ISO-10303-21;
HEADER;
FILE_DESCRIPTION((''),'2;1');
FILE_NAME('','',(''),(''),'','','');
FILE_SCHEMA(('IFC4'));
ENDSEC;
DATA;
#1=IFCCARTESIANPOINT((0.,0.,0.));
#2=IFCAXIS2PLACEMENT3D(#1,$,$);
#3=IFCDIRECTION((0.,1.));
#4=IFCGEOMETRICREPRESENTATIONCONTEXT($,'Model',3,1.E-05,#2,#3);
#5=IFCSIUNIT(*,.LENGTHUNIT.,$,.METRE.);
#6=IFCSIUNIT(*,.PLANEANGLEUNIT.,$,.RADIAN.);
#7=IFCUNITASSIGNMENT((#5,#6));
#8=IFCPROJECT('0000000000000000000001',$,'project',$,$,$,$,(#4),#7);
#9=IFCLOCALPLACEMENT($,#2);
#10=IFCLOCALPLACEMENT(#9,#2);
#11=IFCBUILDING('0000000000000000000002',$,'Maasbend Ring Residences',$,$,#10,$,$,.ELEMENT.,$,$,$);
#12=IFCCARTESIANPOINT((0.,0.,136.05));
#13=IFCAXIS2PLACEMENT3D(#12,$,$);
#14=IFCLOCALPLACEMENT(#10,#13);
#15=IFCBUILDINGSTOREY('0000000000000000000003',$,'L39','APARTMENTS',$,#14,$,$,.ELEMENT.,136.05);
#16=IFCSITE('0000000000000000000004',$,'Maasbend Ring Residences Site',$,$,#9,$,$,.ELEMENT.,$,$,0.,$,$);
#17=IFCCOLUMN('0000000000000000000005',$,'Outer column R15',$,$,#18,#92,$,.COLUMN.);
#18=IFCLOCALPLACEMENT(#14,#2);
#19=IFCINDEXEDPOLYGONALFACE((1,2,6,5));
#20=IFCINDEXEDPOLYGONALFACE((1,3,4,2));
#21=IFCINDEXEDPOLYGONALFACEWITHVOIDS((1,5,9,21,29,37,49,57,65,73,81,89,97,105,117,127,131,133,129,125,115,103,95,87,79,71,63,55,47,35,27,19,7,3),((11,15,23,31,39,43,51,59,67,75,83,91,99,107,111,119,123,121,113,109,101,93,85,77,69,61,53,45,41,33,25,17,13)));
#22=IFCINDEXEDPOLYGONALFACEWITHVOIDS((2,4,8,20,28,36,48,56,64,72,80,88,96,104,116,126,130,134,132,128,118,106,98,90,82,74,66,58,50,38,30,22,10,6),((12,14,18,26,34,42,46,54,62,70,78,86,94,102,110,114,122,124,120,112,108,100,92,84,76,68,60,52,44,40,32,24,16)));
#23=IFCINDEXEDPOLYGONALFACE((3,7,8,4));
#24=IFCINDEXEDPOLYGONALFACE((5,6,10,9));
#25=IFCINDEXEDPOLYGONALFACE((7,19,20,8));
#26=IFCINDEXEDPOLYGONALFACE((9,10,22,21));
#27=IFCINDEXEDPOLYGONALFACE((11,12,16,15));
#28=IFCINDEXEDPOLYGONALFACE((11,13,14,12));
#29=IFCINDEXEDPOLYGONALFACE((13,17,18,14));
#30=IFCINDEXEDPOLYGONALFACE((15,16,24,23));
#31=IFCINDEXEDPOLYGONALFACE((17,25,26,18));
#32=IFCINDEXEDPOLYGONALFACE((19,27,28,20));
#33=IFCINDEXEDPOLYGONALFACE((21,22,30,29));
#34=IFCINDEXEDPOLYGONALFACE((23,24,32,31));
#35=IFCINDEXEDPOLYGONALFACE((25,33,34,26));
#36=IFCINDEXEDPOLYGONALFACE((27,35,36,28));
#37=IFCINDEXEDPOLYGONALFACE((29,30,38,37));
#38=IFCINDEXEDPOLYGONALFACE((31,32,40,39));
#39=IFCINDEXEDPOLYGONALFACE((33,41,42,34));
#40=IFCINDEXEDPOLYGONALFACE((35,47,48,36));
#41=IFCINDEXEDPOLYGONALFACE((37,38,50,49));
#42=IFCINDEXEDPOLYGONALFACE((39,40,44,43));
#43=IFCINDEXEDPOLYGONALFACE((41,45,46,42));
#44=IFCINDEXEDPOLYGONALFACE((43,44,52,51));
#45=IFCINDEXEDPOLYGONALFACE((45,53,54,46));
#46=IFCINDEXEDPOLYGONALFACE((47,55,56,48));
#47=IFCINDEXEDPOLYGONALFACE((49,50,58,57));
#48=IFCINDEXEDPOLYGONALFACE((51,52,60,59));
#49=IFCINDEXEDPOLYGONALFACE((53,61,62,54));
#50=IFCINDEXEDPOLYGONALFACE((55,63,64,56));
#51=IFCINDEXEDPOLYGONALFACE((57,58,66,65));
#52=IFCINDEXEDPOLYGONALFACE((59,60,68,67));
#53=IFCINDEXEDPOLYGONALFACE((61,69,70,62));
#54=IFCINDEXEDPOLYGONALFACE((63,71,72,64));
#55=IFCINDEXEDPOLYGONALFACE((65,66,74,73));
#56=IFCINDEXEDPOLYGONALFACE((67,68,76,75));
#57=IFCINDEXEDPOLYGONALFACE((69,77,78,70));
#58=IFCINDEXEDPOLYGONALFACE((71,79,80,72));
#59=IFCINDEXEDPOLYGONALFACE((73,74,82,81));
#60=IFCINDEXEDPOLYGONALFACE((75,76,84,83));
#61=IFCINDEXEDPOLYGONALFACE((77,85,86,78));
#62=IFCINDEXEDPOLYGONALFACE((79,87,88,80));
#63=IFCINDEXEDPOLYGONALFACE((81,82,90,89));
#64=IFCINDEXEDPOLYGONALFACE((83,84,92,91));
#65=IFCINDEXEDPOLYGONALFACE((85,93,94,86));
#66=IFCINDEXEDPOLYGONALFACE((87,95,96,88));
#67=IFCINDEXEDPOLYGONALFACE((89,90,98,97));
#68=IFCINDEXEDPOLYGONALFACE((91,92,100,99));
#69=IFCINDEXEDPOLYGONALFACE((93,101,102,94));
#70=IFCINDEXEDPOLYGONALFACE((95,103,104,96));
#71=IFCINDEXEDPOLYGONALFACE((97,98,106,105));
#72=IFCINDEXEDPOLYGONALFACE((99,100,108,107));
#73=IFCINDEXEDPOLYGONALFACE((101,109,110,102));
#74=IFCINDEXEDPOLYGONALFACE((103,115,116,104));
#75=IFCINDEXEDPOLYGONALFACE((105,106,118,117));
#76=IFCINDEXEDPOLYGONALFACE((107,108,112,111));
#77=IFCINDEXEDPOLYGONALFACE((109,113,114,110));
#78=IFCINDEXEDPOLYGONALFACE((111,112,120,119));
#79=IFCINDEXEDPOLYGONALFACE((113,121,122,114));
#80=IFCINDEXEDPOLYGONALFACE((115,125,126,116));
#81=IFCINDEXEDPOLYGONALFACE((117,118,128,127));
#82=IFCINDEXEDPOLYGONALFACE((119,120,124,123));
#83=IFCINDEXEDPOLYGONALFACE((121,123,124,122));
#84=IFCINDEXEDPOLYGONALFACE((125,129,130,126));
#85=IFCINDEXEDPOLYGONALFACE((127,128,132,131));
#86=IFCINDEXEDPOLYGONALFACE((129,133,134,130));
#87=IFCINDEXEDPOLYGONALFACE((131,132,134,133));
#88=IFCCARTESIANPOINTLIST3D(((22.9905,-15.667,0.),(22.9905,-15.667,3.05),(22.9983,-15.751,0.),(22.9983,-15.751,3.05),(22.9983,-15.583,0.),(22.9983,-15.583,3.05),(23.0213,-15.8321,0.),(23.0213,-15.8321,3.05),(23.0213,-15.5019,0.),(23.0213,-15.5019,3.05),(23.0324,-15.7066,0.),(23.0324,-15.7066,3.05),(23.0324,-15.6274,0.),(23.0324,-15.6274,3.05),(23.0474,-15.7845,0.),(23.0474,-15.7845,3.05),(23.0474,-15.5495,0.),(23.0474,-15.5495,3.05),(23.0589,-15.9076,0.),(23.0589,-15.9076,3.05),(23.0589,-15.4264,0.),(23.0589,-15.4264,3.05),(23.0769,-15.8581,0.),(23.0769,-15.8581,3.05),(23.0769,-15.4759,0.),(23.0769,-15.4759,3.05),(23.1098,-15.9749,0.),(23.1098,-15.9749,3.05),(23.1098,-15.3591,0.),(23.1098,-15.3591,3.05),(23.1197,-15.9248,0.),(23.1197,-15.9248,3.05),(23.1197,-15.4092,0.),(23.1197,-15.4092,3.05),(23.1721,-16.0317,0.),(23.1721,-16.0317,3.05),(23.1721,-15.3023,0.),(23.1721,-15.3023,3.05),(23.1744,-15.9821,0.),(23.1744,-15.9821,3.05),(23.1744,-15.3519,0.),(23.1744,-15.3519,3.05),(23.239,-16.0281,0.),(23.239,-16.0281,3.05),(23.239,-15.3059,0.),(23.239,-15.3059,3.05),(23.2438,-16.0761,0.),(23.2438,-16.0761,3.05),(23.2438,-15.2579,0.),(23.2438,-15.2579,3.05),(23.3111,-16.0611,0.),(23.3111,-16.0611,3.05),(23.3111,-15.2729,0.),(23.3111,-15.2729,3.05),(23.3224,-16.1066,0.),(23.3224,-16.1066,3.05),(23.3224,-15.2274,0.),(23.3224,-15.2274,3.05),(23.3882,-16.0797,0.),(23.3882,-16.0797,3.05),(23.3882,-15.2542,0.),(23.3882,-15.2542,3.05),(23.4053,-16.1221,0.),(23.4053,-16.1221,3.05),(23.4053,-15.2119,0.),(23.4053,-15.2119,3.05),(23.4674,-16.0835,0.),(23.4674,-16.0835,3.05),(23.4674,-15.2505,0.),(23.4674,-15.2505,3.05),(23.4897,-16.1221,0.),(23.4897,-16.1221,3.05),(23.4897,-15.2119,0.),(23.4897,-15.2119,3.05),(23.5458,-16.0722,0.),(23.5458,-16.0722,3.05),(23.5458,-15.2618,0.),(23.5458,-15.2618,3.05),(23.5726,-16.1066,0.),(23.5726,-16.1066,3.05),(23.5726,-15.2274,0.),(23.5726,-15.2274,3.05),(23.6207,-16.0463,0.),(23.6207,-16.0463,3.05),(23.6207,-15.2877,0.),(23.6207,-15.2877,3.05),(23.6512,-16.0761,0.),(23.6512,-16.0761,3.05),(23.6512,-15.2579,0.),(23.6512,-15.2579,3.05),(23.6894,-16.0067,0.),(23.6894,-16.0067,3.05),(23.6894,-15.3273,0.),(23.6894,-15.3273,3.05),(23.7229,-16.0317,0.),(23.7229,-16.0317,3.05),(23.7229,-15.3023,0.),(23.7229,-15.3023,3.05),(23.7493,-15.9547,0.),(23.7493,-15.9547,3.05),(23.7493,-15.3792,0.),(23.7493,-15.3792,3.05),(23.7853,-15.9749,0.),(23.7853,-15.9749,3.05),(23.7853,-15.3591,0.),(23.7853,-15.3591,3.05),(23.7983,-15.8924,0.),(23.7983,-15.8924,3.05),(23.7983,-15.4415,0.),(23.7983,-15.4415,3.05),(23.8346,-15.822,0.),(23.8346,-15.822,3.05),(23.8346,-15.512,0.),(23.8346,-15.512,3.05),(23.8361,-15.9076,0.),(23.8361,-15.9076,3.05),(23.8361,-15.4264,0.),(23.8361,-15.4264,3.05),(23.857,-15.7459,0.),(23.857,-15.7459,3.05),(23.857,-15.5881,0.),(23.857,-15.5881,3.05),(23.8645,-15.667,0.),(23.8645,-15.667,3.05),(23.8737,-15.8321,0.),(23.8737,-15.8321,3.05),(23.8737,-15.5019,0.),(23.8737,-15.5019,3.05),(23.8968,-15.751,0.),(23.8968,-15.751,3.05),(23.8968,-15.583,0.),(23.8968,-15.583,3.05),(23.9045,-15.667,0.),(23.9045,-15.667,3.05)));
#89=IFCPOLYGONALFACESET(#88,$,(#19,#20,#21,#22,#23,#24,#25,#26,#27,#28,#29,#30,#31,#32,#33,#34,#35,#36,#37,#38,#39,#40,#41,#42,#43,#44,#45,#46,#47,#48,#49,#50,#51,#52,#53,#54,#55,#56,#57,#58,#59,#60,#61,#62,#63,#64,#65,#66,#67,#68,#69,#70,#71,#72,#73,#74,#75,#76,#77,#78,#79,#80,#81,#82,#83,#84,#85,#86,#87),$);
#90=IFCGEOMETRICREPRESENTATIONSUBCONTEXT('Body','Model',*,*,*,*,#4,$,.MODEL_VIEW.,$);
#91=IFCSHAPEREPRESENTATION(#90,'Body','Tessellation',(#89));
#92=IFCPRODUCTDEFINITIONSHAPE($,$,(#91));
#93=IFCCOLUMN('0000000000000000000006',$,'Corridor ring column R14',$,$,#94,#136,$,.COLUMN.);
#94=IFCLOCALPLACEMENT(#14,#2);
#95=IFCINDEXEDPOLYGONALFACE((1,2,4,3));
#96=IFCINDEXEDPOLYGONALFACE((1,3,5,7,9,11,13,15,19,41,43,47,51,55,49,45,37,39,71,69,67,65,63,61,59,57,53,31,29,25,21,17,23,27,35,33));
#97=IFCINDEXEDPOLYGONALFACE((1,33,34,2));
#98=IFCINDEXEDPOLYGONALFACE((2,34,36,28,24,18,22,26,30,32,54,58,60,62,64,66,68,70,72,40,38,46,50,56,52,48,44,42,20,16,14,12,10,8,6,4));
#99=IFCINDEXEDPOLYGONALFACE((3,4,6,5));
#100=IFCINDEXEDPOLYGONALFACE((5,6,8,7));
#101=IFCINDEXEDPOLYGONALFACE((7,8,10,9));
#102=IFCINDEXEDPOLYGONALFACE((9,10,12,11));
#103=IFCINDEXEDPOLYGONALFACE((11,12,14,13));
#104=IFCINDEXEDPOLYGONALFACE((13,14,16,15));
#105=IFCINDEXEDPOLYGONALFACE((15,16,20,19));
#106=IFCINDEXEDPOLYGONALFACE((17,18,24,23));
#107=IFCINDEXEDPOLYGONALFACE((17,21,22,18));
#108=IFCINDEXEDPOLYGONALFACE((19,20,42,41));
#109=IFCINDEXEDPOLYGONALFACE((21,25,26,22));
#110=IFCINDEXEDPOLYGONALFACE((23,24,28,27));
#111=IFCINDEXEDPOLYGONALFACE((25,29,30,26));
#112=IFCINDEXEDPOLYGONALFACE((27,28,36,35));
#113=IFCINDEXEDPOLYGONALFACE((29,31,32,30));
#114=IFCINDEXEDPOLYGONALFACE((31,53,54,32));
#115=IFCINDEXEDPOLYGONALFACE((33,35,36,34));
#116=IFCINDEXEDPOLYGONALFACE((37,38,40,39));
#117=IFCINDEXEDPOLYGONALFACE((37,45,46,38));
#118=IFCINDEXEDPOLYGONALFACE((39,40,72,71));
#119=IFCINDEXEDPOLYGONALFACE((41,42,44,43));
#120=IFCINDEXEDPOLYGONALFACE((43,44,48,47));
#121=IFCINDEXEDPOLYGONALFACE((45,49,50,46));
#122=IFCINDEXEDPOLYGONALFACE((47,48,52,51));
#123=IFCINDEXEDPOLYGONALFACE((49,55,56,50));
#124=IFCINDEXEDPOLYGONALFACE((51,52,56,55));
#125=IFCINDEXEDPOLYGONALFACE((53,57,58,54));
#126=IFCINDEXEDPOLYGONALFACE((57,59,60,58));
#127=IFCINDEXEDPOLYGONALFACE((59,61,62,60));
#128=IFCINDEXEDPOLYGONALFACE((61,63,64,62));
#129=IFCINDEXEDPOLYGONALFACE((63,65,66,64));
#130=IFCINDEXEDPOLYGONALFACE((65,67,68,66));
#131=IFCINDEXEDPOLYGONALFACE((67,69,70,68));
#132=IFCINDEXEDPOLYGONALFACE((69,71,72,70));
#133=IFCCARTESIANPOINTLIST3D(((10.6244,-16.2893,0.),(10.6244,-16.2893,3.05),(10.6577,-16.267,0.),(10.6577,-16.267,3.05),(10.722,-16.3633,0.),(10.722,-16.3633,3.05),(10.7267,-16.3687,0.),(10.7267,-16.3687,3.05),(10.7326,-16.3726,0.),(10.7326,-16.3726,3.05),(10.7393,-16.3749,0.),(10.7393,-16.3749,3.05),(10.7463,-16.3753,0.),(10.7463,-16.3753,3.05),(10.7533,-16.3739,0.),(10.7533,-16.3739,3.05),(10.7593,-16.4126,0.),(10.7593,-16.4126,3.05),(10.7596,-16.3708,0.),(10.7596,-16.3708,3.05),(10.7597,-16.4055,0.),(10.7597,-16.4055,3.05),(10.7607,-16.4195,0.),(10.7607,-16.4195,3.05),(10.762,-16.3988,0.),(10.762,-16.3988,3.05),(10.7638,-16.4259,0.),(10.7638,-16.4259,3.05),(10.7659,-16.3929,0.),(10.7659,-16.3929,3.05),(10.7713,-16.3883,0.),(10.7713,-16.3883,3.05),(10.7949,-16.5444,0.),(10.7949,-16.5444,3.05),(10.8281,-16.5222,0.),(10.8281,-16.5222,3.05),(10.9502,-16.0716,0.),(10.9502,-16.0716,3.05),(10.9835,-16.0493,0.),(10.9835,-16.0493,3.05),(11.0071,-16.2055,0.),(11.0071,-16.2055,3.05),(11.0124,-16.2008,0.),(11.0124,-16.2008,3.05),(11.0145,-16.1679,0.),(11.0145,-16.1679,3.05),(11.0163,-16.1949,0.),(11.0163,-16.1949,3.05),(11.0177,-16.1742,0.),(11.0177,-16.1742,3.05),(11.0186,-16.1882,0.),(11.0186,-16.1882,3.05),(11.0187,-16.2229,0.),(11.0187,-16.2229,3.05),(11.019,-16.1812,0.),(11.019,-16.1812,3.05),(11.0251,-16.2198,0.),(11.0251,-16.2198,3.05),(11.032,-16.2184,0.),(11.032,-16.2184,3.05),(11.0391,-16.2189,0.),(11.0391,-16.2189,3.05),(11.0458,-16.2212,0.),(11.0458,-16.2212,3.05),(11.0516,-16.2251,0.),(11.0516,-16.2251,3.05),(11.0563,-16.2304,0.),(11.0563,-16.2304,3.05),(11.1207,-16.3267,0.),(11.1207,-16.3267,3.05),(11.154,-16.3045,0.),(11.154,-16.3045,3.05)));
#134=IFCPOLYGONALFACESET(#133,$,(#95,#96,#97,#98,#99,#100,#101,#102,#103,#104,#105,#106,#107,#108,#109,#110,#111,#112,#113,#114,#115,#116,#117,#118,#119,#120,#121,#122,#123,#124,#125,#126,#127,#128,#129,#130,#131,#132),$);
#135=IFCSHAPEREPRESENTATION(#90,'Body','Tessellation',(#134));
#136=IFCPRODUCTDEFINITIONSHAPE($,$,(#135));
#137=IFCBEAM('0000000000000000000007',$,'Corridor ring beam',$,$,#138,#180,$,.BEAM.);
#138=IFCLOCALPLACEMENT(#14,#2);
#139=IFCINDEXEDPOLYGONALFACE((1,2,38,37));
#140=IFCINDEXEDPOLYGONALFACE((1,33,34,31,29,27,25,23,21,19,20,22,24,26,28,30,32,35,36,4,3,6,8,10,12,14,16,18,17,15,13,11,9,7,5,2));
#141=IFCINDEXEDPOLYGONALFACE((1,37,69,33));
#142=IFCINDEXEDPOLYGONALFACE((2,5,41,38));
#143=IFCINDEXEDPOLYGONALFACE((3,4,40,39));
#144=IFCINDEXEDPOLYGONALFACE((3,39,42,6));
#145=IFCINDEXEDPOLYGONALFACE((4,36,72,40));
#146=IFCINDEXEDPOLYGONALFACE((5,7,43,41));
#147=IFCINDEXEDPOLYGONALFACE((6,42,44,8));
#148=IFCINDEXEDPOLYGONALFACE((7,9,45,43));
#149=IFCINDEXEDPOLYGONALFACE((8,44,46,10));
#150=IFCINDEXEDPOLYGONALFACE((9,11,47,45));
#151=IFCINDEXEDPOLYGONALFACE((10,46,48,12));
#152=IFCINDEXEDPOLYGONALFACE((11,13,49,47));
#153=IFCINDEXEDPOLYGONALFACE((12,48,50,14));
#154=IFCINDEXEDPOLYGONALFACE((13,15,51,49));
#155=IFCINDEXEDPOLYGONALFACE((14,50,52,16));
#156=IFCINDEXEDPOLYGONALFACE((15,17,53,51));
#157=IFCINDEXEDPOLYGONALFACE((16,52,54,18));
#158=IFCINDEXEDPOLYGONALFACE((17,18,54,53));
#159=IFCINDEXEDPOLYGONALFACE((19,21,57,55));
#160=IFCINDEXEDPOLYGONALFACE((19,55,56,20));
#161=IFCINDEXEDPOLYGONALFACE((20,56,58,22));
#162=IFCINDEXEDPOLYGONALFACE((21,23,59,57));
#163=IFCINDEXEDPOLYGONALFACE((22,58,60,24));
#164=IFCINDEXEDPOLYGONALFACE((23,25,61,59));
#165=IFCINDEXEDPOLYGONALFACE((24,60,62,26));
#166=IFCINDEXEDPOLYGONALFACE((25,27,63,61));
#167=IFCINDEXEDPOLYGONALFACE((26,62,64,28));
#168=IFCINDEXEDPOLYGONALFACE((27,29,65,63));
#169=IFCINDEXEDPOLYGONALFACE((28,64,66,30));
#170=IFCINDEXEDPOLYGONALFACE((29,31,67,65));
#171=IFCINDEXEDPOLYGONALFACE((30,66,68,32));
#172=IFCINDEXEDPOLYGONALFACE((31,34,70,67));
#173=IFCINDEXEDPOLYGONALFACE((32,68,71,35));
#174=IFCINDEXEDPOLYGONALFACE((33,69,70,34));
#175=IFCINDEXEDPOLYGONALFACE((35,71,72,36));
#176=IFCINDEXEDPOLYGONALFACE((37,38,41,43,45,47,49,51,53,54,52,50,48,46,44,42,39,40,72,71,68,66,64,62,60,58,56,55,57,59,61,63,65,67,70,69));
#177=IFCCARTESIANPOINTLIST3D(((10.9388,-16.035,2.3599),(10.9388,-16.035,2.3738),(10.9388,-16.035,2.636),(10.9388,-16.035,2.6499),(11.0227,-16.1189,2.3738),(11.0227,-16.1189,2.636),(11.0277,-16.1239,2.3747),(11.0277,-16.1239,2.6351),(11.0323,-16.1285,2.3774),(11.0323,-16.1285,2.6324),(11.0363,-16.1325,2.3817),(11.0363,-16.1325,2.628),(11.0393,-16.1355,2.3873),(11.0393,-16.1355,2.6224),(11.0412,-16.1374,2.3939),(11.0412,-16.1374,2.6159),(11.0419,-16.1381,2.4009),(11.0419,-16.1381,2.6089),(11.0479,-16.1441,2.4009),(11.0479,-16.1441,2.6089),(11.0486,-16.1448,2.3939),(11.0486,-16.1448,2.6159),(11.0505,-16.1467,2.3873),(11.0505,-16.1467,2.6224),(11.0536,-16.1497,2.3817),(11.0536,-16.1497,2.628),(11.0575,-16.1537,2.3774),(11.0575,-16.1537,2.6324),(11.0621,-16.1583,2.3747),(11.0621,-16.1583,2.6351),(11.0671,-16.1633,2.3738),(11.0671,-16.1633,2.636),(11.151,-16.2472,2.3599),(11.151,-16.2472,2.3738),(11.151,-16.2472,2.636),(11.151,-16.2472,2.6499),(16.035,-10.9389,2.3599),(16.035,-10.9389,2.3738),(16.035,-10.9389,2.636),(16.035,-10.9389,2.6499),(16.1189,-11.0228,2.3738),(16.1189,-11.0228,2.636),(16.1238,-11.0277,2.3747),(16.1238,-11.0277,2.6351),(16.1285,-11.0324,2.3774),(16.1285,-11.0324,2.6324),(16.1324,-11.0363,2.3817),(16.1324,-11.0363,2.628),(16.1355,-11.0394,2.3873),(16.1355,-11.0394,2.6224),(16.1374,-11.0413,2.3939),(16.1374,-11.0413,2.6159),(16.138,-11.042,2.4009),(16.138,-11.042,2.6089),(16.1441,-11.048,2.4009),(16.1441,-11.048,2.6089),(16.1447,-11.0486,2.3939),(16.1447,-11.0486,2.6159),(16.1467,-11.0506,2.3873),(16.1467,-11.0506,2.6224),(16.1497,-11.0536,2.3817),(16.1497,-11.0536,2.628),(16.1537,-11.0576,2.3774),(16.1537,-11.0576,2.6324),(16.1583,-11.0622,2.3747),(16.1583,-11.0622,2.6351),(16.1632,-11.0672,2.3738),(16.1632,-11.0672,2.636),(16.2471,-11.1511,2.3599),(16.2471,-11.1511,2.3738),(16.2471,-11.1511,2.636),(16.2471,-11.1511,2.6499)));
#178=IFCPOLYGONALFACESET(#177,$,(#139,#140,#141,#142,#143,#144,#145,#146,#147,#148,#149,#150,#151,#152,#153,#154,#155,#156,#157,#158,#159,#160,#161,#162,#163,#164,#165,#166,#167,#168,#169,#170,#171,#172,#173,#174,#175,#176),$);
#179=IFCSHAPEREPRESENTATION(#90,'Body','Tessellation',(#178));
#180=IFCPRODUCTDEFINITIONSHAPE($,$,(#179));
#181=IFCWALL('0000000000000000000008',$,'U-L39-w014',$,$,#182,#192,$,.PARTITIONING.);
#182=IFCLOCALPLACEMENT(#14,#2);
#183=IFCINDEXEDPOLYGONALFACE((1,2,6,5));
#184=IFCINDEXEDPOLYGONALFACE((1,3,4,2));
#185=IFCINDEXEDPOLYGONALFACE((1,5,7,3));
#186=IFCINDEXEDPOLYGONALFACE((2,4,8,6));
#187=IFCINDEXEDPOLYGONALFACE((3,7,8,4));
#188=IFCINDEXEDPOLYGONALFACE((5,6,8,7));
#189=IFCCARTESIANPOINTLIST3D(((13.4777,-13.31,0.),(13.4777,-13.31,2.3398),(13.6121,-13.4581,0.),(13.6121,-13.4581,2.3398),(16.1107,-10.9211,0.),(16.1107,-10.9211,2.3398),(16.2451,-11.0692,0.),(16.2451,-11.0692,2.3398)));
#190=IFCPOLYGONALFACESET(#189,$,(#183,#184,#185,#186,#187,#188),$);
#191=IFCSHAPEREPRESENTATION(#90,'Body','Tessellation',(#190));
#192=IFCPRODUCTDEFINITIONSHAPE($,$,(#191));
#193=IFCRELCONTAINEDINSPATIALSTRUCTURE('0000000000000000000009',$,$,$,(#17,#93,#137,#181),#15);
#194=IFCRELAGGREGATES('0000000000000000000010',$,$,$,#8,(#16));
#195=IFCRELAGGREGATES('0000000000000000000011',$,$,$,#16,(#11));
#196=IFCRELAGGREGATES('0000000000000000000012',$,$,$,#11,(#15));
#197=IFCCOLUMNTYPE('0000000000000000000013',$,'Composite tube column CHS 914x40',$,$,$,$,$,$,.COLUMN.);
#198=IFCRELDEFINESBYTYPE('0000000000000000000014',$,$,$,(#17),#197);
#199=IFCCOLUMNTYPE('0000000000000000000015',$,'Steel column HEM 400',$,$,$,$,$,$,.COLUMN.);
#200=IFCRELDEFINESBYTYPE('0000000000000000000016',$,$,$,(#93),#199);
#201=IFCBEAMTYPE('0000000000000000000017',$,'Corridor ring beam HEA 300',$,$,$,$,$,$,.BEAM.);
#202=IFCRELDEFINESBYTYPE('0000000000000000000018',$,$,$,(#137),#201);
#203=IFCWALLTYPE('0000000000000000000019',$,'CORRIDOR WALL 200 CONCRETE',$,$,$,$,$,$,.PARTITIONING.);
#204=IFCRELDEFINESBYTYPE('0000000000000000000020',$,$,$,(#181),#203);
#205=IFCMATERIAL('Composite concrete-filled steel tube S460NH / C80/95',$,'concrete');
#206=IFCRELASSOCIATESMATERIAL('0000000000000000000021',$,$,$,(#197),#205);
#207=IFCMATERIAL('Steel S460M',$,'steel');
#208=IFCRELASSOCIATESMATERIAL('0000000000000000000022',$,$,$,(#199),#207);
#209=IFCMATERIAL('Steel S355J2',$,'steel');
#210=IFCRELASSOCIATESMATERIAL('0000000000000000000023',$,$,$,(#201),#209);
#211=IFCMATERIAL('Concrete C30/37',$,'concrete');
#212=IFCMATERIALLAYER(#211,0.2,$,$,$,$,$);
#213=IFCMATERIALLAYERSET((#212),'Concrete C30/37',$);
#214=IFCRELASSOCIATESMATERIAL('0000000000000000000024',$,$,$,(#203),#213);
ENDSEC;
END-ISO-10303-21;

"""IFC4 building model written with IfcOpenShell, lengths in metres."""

from ifc_helpers import new_model, si_unit, direction, frame, frame_2d, origin, origin_2d, place, context, subcontext, project, spatial, rectangle, hollow_circle, i_section, extrude, material, layer, layer_set, material_profile, profile_set, type_object, element, save


model = new_model("IFC4")

# Units and contexts
model_context = context("Model", 3, precision=1e-05, world=origin(), true_north=direction((0.0, 1.0)))
body_context = subcontext(model_context, "Body", "Model", "MODEL_VIEW")
ifc_project = project(units=[si_unit("LENGTHUNIT", "METRE"), si_unit("PLANEANGLEUNIT", "RADIAN")], contexts=[model_context])

# Site, building, storey
site_placement = place(None, origin())
site = spatial("IfcSite", under=ifc_project, at=site_placement, Name="Maasbend Ring Residences Site", CompositionType="ELEMENT", RefElevation=0.0)
building_placement = place(site_placement, origin())
building = spatial("IfcBuilding", under=site, at=building_placement, Name="Maasbend Ring Residences", CompositionType="ELEMENT")
storey_placement = place(building_placement, frame((0.0, 0.0, 136.05)))
storey = spatial("IfcBuildingStorey", under=building, at=storey_placement, Name="L39", Description="APARTMENTS", CompositionType="ELEMENT", Elevation=136.05)

# Columns
ifc_material_1 = material(Name="Composite concrete-filled steel tube S460NH / C80/95", Category="concrete")
ifc_material_profile_1 = material_profile(ifc_material_1, hollow_circle(Radius=0.457, WallThickness=0.04, at=origin_2d()), Name="Composite tube column CHS 914x40")
ifc_profile_set_1 = profile_set([ifc_material_profile_1], Name="Composite concrete-filled steel tube S460NH / C80/95")
column_type_1 = type_object("IfcColumnType", Name="Composite tube column CHS 914x40", PredefinedType="COLUMN", material=ifc_profile_set_1)
column_1_placement = place(storey_placement, frame((23.4475, -15.667, 0.0), z_axis=(0.0, 0.0, 1.0), x_axis=(1.0, 0.0, 0.0)))
element("IfcColumn", 1, at=column_1_placement, inside=storey, type_object=column_type_1, Name="Outer column R15", PredefinedType="COLUMN", context=body_context, shape_type="SweptSolid", body=[
    extrude(hollow_circle(Radius=0.457, WallThickness=0.04, at=origin_2d()), origin(), (0.0, 0.0, 1.0), 3.05),
])
ifc_material_2 = material(Name="Steel S460M", Category="steel")
ifc_material_profile_2 = material_profile(ifc_material_2, i_section(OverallWidth=0.3069, OverallDepth=0.4319, WebThickness=0.021, FlangeThickness=0.04, FilletRadius=0.0271, at=origin_2d()), Name="HEM 400")
ifc_profile_set_2 = profile_set([ifc_material_profile_2], Name="Steel S460M")
column_type_2 = type_object("IfcColumnType", Name="Steel column HEM 400", PredefinedType="COLUMN", material=ifc_profile_set_2)
column_2_placement = place(storey_placement, frame((10.8892, -16.2969, 0.0), z_axis=(0.0, 0.0, 1.0), x_axis=(0.55557, -0.83147, 0.0)))
element("IfcColumn", 2, at=column_2_placement, inside=storey, type_object=column_type_2, Name="Corridor ring column R14", PredefinedType="COLUMN", context=body_context, shape_type="SweptSolid", body=[
    extrude(i_section(OverallWidth=0.3069, OverallDepth=0.4319, WebThickness=0.021, FlangeThickness=0.04, FilletRadius=0.0271, at=origin_2d()), origin(), (0.0, 0.0, 1.0), 3.05),
])

# Beam
ifc_material_3 = material(Name="Steel S355J2", Category="steel")
ifc_material_profile_3 = material_profile(ifc_material_3, i_section(OverallWidth=0.3, OverallDepth=0.29, WebThickness=0.0085, FlangeThickness=0.0139, FilletRadius=0.0271, at=origin_2d()), Name="HEA 300")
ifc_profile_set_3 = profile_set([ifc_material_profile_3], Name="Steel S355J2")
beam_type = type_object("IfcBeamType", Name="Corridor ring beam HEA 300", PredefinedType="BEAM", material=ifc_profile_set_3)
beam_placement = place(storey_placement, frame((11.0449, -16.1411, 2.5049), z_axis=(0.707107, 0.707107, 0.0), x_axis=(-0.707107, 0.707107, 0.0)))
element("IfcBeam", 3, at=beam_placement, inside=storey, type_object=beam_type, Name="Corridor ring beam", PredefinedType="BEAM", context=body_context, shape_type="SweptSolid", body=[
    extrude(i_section(OverallWidth=0.3, OverallDepth=0.29, WebThickness=0.0085, FlangeThickness=0.0139, FilletRadius=0.0271, at=origin_2d()), origin(), (0.0, 0.0, 1.0), 7.207),
])

# Wall
ifc_material_4 = material(Name="Concrete C30/37", Category="concrete")
ifc_layer_1 = layer(ifc_material_4, 0.2)
ifc_layer_set_1 = layer_set([ifc_layer_1], Name="Concrete C30/37")
wall_type_1 = type_object("IfcWallType", Name="CORRIDOR WALL 200 CONCRETE", PredefinedType="PARTITIONING", material=ifc_layer_set_1)
wall_1_placement = place(storey_placement, frame((13.5449, -13.384, 0.0), z_axis=(0.0, 0.0, 1.0), x_axis=(0.740608, 0.671938, 0.0)))
element("IfcWall", 4, at=wall_1_placement, inside=storey, type_object=wall_type_1, Name="U-L39-w014", PredefinedType="PARTITIONING", context=body_context, shape_type="SweptSolid", body=[
    extrude(rectangle(XDim=3.5552, YDim=0.2, at=frame_2d((1.7776, 0.0))), origin(), (0.0, 0.0, 1.0), 2.3398),
])

save(model, "model.ifc")
